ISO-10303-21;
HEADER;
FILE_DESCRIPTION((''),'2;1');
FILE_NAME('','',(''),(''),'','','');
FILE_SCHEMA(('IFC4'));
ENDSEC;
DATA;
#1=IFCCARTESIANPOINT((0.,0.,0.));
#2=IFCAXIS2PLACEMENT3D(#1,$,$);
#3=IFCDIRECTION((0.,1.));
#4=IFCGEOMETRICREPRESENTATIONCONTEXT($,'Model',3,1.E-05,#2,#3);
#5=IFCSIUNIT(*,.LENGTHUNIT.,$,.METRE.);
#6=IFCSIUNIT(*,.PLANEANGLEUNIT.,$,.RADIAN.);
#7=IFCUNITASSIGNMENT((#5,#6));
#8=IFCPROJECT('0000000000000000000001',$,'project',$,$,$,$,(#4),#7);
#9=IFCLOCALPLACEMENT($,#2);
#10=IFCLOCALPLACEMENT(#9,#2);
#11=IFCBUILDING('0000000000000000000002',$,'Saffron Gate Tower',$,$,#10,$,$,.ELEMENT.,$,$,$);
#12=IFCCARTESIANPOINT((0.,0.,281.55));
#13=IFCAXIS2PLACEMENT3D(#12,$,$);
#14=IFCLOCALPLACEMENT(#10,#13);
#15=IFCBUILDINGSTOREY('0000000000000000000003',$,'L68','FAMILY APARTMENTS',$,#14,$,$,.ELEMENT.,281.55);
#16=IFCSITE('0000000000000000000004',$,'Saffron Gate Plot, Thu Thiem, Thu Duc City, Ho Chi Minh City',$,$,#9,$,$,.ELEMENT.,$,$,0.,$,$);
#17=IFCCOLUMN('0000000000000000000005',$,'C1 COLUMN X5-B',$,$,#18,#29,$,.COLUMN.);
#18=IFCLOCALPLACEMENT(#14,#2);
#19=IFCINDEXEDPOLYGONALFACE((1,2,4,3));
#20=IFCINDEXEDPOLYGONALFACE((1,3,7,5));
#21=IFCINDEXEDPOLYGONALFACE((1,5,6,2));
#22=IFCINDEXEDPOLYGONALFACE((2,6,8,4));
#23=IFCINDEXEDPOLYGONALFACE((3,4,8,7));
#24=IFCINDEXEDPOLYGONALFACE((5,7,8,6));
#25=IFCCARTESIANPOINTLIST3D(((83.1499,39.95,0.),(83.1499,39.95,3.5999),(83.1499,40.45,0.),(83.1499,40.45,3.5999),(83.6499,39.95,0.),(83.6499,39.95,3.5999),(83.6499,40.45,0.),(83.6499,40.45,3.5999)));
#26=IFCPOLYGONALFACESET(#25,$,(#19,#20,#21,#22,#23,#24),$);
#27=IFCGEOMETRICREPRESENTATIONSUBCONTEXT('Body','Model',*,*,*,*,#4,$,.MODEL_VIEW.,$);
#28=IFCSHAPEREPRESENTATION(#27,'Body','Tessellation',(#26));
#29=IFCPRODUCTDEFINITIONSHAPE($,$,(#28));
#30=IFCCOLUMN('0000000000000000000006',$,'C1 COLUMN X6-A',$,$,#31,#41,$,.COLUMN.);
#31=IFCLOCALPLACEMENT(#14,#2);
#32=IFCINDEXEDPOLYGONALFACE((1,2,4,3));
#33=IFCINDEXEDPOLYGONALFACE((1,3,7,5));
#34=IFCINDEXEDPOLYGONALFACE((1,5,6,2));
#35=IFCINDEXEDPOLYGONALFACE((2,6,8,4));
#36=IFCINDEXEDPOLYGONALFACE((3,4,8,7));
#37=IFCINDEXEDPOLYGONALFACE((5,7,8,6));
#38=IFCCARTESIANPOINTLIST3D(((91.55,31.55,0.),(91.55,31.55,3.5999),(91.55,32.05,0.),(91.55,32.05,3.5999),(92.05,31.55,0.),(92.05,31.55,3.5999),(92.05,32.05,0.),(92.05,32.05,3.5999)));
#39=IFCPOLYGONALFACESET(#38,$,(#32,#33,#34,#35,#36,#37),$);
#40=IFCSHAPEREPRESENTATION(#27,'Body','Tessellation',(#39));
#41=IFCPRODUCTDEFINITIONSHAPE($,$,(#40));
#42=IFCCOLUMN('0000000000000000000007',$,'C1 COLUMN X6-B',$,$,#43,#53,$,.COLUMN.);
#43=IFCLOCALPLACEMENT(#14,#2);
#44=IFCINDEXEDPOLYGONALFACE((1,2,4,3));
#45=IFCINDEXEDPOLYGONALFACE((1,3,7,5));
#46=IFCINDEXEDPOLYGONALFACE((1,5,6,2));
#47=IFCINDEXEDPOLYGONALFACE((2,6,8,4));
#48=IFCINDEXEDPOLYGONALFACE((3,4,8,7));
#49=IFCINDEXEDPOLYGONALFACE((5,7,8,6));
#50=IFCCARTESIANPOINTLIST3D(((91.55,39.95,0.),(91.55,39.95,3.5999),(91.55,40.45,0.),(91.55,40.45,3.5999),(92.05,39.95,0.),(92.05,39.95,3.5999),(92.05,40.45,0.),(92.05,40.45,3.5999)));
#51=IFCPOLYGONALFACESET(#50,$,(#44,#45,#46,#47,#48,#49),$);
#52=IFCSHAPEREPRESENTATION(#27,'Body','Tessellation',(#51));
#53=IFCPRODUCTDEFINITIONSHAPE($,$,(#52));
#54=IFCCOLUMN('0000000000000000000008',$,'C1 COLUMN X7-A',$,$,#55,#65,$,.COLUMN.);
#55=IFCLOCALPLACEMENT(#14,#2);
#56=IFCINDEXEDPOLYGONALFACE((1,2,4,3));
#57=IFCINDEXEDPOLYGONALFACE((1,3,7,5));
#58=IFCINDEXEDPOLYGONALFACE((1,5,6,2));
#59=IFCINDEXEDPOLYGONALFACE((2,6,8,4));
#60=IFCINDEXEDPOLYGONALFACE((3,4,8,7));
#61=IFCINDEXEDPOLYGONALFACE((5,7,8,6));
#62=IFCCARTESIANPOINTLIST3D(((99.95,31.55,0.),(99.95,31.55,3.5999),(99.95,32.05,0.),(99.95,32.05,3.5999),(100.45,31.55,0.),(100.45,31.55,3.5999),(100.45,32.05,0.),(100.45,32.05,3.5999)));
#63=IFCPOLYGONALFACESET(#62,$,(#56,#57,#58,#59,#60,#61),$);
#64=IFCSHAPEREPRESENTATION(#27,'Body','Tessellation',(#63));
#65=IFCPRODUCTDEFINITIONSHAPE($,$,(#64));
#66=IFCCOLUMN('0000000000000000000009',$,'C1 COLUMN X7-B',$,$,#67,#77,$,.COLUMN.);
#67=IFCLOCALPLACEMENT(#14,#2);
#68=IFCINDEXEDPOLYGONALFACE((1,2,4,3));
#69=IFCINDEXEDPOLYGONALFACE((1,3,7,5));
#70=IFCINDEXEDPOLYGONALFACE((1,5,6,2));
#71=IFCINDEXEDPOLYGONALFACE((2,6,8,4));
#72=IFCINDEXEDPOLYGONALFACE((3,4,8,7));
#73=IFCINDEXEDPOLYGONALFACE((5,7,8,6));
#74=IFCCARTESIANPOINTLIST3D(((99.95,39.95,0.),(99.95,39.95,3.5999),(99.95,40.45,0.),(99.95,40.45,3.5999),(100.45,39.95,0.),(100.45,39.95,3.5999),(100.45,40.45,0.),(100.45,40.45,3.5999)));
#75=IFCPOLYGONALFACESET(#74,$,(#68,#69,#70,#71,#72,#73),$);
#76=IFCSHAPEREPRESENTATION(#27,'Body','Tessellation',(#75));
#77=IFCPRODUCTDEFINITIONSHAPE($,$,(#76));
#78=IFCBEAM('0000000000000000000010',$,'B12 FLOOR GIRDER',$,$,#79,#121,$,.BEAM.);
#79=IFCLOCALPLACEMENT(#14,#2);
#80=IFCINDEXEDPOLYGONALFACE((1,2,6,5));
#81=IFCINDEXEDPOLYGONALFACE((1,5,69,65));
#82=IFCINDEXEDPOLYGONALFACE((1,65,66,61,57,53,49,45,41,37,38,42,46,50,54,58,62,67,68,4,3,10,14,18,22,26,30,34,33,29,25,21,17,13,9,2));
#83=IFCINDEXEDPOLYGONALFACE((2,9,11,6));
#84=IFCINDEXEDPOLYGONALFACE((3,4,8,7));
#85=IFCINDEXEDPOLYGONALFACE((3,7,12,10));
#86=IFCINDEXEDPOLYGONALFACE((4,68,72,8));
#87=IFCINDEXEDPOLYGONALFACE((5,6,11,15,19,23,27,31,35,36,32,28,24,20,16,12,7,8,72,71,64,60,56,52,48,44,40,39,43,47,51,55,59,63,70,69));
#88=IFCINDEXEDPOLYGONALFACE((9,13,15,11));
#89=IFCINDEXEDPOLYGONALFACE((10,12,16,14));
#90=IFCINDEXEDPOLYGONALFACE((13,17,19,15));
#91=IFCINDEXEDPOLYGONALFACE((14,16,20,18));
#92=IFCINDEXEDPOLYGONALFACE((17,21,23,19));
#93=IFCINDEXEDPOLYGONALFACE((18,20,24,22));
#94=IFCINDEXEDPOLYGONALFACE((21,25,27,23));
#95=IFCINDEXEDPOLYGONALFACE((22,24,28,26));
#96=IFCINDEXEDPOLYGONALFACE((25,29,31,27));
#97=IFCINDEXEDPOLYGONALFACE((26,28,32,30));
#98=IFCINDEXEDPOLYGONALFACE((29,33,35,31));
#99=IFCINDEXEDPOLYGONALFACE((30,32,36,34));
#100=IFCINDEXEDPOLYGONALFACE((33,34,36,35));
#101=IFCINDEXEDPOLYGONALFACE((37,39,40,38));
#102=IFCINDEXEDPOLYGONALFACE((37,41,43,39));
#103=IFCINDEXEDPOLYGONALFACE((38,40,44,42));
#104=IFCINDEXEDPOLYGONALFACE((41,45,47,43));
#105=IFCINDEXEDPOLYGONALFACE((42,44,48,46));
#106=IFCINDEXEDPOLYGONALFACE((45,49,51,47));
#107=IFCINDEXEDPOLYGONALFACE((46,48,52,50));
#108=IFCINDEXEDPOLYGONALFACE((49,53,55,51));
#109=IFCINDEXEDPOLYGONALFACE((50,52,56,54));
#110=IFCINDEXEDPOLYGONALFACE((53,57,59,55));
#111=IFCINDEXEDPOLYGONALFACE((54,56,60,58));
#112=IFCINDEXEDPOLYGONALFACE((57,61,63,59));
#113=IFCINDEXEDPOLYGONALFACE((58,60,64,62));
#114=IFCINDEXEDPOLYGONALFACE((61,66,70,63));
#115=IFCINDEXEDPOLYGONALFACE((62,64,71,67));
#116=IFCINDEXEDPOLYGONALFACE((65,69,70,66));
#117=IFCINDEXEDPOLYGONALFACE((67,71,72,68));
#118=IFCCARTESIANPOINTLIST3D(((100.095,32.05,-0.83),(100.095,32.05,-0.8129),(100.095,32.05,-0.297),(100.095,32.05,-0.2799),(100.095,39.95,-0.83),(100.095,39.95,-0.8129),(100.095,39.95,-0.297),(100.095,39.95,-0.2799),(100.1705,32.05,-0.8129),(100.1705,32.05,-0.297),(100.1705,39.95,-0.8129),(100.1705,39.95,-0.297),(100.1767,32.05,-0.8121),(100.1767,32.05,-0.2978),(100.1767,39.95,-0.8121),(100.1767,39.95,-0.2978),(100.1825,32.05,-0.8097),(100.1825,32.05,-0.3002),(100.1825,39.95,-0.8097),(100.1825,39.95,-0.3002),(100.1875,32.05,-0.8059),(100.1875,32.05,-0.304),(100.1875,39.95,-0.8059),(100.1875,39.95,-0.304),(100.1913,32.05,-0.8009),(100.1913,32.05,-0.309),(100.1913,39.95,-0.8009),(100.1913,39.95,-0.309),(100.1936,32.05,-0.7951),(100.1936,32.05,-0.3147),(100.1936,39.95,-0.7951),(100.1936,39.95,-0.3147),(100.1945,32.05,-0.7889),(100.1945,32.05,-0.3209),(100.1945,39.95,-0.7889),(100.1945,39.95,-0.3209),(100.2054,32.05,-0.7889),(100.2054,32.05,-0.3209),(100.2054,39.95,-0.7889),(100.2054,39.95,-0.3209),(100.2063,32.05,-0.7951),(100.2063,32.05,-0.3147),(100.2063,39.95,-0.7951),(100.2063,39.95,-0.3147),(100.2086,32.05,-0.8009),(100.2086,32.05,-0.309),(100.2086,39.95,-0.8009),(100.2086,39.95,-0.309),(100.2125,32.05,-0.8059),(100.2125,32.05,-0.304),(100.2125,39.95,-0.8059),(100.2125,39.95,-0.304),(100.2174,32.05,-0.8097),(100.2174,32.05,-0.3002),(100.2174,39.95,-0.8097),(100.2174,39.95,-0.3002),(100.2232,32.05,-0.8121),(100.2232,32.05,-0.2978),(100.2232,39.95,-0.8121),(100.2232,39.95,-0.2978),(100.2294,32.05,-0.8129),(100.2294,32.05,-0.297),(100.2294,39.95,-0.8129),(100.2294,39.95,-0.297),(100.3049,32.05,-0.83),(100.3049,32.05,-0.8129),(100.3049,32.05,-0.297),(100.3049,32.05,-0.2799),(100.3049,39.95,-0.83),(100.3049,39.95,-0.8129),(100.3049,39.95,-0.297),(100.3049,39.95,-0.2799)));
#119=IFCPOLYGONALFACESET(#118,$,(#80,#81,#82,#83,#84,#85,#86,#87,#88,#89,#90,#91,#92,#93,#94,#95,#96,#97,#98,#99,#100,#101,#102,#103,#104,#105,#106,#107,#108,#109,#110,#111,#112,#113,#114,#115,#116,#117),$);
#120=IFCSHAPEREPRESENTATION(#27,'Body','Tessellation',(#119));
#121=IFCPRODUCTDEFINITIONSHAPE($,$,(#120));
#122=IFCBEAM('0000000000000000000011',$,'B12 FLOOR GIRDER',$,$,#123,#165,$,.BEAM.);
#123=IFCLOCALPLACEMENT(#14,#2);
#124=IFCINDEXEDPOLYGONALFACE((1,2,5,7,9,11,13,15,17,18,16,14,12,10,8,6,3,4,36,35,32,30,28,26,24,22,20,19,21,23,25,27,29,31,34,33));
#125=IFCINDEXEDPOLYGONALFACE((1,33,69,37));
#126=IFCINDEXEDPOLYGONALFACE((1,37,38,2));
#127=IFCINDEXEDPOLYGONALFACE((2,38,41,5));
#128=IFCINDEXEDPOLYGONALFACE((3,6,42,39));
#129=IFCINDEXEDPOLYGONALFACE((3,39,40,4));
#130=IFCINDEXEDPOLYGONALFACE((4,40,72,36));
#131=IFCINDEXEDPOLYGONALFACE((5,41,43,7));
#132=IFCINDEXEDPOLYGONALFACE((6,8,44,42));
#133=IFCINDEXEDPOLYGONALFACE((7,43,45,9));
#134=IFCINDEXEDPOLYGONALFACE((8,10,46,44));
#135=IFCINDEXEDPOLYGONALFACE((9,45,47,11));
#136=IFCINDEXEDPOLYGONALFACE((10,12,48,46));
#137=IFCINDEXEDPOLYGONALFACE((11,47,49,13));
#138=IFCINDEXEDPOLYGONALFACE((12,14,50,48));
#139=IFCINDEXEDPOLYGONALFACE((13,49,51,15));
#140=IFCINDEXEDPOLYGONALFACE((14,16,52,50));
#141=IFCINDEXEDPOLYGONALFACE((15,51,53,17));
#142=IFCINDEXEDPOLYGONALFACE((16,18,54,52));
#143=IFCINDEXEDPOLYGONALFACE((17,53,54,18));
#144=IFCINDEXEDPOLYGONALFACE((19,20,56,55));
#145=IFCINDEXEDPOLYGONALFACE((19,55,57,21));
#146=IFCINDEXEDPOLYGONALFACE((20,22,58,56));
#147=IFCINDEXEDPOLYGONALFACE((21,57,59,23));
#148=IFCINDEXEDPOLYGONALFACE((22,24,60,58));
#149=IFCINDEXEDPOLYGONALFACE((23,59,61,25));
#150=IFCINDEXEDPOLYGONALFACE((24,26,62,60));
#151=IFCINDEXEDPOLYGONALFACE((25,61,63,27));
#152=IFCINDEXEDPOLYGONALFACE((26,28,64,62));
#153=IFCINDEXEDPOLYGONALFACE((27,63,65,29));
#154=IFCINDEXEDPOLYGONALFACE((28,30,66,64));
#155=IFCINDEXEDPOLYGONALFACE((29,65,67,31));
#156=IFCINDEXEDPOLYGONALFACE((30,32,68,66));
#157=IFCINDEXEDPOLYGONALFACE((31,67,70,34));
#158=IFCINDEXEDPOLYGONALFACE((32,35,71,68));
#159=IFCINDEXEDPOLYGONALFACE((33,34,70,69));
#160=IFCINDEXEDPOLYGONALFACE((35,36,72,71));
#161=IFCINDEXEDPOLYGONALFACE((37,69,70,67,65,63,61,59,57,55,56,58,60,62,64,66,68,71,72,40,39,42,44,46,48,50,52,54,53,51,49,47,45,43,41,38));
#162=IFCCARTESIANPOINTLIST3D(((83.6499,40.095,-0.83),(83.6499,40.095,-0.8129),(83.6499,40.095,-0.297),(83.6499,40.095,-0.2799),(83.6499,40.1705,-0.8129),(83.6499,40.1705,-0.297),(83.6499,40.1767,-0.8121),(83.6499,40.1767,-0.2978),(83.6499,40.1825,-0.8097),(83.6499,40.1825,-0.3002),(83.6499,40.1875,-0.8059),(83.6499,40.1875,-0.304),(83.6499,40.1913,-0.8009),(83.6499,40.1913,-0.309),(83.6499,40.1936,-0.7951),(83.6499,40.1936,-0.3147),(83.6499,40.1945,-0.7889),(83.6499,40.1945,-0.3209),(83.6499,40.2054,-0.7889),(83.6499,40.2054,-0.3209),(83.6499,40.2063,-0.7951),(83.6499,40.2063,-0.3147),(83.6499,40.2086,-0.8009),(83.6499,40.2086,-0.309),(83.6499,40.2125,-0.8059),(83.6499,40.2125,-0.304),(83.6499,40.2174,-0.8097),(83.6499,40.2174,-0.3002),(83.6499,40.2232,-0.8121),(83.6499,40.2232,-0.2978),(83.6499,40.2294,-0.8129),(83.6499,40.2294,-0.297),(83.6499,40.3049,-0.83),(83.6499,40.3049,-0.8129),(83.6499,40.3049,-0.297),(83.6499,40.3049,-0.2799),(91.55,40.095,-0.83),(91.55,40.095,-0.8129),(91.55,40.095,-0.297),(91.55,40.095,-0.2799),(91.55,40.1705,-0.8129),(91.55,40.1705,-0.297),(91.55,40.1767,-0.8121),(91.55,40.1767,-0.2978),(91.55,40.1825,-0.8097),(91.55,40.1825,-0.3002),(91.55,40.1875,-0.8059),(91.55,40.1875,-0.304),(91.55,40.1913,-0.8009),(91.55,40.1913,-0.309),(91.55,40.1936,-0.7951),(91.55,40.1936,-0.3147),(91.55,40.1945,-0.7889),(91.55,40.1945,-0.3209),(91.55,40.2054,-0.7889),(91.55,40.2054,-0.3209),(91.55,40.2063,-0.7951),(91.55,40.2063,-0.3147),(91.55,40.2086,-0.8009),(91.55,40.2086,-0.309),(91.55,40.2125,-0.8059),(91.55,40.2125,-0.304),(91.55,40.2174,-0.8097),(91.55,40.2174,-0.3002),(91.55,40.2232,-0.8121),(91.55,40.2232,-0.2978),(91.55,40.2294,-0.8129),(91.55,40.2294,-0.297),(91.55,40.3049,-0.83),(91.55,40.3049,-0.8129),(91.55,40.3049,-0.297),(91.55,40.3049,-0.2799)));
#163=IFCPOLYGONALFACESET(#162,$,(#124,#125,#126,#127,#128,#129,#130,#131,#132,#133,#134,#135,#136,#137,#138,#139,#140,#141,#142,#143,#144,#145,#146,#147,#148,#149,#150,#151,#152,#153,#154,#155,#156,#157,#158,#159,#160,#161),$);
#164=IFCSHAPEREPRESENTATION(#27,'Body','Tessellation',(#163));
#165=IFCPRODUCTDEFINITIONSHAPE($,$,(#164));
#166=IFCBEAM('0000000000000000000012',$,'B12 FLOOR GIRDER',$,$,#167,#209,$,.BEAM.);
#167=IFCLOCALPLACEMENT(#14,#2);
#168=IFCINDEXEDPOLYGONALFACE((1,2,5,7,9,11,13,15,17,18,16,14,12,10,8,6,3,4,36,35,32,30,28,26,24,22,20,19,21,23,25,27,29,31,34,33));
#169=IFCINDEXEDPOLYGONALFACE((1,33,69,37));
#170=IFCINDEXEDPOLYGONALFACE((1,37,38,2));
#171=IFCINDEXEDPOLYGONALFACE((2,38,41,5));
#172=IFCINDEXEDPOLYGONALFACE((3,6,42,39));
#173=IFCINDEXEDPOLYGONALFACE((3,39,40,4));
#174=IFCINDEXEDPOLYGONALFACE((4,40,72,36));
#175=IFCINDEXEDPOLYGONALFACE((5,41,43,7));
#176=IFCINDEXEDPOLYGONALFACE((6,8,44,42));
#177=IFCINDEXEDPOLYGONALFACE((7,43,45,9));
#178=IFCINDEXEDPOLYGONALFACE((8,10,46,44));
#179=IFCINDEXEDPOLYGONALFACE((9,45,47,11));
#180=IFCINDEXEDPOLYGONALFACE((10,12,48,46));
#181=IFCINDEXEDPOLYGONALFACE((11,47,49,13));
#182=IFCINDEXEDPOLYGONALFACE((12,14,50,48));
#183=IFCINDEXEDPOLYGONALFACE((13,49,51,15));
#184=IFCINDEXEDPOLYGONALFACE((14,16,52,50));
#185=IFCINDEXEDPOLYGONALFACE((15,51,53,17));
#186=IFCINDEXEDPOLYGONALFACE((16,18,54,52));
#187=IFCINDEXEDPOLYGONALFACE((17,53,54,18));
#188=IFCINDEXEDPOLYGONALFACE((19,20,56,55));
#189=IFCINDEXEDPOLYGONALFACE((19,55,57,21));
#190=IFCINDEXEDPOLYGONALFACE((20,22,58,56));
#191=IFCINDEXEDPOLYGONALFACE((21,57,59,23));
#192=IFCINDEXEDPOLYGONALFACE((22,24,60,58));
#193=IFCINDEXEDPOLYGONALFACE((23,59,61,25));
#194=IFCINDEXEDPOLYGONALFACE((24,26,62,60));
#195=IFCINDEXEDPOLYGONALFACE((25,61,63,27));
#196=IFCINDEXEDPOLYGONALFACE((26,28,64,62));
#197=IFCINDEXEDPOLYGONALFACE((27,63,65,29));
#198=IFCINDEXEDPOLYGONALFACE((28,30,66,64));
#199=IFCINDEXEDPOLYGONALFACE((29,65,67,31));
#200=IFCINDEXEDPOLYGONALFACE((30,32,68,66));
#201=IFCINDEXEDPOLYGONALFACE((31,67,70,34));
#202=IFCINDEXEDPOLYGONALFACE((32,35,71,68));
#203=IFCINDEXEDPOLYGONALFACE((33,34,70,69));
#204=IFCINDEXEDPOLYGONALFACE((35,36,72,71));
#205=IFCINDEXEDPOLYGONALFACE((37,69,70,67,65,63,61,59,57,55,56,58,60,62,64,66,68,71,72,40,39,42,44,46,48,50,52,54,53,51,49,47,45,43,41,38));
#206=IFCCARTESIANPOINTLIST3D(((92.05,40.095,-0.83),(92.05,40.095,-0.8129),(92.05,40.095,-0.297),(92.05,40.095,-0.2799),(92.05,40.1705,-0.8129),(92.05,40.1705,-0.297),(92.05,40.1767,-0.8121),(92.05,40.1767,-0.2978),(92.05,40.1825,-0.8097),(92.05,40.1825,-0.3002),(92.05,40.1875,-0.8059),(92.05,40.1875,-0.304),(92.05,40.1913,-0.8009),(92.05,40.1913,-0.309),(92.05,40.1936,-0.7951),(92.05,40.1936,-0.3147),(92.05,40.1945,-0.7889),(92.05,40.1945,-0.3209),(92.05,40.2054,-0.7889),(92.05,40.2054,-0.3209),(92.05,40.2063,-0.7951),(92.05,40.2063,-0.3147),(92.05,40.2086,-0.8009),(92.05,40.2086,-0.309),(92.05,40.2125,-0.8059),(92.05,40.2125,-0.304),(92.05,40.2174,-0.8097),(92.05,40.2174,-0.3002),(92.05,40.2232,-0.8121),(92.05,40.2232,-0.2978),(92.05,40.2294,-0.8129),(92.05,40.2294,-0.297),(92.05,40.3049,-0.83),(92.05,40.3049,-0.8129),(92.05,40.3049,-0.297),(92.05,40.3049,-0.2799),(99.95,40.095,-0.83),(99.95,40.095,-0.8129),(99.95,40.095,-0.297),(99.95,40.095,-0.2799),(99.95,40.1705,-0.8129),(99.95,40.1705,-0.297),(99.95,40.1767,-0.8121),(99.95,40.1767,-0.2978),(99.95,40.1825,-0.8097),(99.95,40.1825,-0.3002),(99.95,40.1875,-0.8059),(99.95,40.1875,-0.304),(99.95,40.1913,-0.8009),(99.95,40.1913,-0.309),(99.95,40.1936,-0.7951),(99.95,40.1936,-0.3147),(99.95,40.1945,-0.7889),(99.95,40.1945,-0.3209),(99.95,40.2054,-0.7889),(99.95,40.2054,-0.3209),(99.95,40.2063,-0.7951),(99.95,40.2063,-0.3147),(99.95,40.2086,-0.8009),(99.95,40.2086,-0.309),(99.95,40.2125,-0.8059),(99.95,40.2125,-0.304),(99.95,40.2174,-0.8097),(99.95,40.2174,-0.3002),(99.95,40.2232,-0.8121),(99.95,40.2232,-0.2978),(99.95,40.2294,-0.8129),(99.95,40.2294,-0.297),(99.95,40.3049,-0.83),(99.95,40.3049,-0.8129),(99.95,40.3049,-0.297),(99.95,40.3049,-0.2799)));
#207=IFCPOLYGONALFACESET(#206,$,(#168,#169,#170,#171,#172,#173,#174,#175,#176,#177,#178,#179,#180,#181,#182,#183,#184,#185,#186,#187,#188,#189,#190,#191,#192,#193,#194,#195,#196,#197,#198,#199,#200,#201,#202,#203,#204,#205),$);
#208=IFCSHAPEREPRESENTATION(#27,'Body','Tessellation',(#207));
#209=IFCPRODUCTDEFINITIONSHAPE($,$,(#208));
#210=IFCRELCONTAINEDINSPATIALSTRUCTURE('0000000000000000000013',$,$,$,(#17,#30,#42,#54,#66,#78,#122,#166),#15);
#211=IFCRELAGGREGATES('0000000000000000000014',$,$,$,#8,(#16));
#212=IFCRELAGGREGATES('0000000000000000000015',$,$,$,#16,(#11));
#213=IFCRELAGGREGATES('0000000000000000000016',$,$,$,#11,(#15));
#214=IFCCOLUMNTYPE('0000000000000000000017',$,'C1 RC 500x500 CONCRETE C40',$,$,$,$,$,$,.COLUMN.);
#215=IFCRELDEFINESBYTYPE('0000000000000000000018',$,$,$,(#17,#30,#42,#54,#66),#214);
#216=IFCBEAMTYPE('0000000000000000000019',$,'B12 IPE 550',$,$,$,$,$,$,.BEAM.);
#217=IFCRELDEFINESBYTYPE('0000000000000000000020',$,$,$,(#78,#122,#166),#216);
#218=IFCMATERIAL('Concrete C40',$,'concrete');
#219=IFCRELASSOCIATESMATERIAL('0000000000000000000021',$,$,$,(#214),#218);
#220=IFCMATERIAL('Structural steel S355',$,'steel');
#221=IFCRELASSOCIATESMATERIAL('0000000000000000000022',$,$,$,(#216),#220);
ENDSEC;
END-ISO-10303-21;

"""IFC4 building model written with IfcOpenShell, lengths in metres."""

from ifc_helpers import new_model, si_unit, direction, frame, origin, origin_2d, place, context, subcontext, project, spatial, rectangle, i_section, extrude, material, material_profile, profile_set, type_object, element, save


model = new_model("IFC4")

# Units and contexts
model_context = context("Model", 3, precision=1e-05, world=origin(), true_north=direction((0.0, 1.0)))
body_context = subcontext(model_context, "Body", "Model", "MODEL_VIEW")
ifc_project = project(units=[si_unit("LENGTHUNIT", "METRE"), si_unit("PLANEANGLEUNIT", "RADIAN")], contexts=[model_context])

# Site, building, storey
site_placement = place(None, origin())
site = spatial("IfcSite", under=ifc_project, at=site_placement, Name="Saffron Gate Plot, Thu Thiem, Thu Duc City, Ho Chi Minh City", CompositionType="ELEMENT", RefElevation=0.0)
building_placement = place(site_placement, origin())
building = spatial("IfcBuilding", under=site, at=building_placement, Name="Saffron Gate Tower", CompositionType="ELEMENT")
storey_placement = place(building_placement, frame((0.0, 0.0, 281.55)))
storey = spatial("IfcBuildingStorey", under=building, at=storey_placement, Name="L68", Description="FAMILY APARTMENTS", CompositionType="ELEMENT", Elevation=281.55)

# Columns
ifc_material_1 = material(Name="Concrete C40", Category="concrete")
ifc_material_profile_1 = material_profile(ifc_material_1, rectangle(XDim=0.5, YDim=0.5, at=origin_2d()))
ifc_profile_set_1 = profile_set([ifc_material_profile_1], Name="Concrete C40")
column_type = type_object("IfcColumnType", Name="C1 RC 500x500 CONCRETE C40", PredefinedType="COLUMN", material=ifc_profile_set_1)
for number, where, z_axis, x_axis, name in (
    (1, (83.3999, 40.2, 0.0), (0.0, 0.0, 1.0), (1.0, 0.0, 0.0), "C1 COLUMN X5-B"),
    (2, (91.8, 31.8, 0.0), (0.0, 0.0, 1.0), (1.0, 0.0, 0.0), "C1 COLUMN X6-A"),
    (3, (91.8, 40.2, 0.0), (0.0, 0.0, 1.0), (1.0, 0.0, 0.0), "C1 COLUMN X6-B"),
    (4, (100.2, 31.8, 0.0), (0.0, 0.0, 1.0), (1.0, 0.0, 0.0), "C1 COLUMN X7-A"),
    (5, (100.2, 40.2, 0.0), (0.0, 0.0, 1.0), (1.0, 0.0, 0.0), "C1 COLUMN X7-B"),
):
    element("IfcColumn", number, at=place(storey_placement, frame(where, z_axis=z_axis, x_axis=x_axis)), inside=storey, type_object=column_type, Name=name, PredefinedType="COLUMN", context=body_context, shape_type="SweptSolid", body=[
        extrude(rectangle(XDim=0.5, YDim=0.5, at=origin_2d()), origin(), (0.0, 0.0, 1.0), 3.5999),
    ])

# Beams
ifc_material_2 = material(Name="Structural steel S355", Category="steel")
ifc_material_profile_2 = material_profile(ifc_material_2, i_section(OverallWidth=0.21, OverallDepth=0.55, WebThickness=0.011, FlangeThickness=0.0171, FilletRadius=0.0239, at=origin_2d()))
ifc_profile_set_2 = profile_set([ifc_material_profile_2], Name="Structural steel S355")
beam_type_1 = type_object("IfcBeamType", Name="B12 IPE 550", PredefinedType="BEAM", material=ifc_profile_set_2)
beam_1_placement = place(storey_placement, frame((100.2, 32.05, -0.5549), z_axis=(0.0, 1.0, 0.0), x_axis=(-1.0, 0.0, 0.0)))
element("IfcBeam", 6, at=beam_1_placement, inside=storey, type_object=beam_type_1, Name="B12 FLOOR GIRDER", PredefinedType="BEAM", context=body_context, shape_type="SweptSolid", body=[
    extrude(i_section(OverallWidth=0.21, OverallDepth=0.55, WebThickness=0.011, FlangeThickness=0.0171, FilletRadius=0.0239, at=origin_2d()), origin(), (0.0, 0.0, 1.0), 7.8999),
])
beam_2_placement = place(storey_placement, frame((83.6499, 40.2, -0.5549), z_axis=(1.0, 0.0, 0.0), x_axis=(0.0, 1.0, 0.0)))
element("IfcBeam", 7, at=beam_2_placement, inside=storey, type_object=beam_type_1, Name="B12 FLOOR GIRDER", PredefinedType="BEAM", context=body_context, shape_type="SweptSolid", body=[
    extrude(i_section(OverallWidth=0.21, OverallDepth=0.55, WebThickness=0.011, FlangeThickness=0.0171, FilletRadius=0.0239, at=origin_2d()), origin(), (0.0, 0.0, 1.0), 7.9001),
])
beam_3_placement = place(storey_placement, frame((92.05, 40.2, -0.5549), z_axis=(1.0, 0.0, 0.0), x_axis=(0.0, 1.0, 0.0)))
element("IfcBeam", 8, at=beam_3_placement, inside=storey, type_object=beam_type_1, Name="B12 FLOOR GIRDER", PredefinedType="BEAM", context=body_context, shape_type="SweptSolid", body=[
    extrude(i_section(OverallWidth=0.21, OverallDepth=0.55, WebThickness=0.011, FlangeThickness=0.0171, FilletRadius=0.0239, at=origin_2d()), origin(), (0.0, 0.0, 1.0), 7.8999),
])

save(model, "model.ifc")
